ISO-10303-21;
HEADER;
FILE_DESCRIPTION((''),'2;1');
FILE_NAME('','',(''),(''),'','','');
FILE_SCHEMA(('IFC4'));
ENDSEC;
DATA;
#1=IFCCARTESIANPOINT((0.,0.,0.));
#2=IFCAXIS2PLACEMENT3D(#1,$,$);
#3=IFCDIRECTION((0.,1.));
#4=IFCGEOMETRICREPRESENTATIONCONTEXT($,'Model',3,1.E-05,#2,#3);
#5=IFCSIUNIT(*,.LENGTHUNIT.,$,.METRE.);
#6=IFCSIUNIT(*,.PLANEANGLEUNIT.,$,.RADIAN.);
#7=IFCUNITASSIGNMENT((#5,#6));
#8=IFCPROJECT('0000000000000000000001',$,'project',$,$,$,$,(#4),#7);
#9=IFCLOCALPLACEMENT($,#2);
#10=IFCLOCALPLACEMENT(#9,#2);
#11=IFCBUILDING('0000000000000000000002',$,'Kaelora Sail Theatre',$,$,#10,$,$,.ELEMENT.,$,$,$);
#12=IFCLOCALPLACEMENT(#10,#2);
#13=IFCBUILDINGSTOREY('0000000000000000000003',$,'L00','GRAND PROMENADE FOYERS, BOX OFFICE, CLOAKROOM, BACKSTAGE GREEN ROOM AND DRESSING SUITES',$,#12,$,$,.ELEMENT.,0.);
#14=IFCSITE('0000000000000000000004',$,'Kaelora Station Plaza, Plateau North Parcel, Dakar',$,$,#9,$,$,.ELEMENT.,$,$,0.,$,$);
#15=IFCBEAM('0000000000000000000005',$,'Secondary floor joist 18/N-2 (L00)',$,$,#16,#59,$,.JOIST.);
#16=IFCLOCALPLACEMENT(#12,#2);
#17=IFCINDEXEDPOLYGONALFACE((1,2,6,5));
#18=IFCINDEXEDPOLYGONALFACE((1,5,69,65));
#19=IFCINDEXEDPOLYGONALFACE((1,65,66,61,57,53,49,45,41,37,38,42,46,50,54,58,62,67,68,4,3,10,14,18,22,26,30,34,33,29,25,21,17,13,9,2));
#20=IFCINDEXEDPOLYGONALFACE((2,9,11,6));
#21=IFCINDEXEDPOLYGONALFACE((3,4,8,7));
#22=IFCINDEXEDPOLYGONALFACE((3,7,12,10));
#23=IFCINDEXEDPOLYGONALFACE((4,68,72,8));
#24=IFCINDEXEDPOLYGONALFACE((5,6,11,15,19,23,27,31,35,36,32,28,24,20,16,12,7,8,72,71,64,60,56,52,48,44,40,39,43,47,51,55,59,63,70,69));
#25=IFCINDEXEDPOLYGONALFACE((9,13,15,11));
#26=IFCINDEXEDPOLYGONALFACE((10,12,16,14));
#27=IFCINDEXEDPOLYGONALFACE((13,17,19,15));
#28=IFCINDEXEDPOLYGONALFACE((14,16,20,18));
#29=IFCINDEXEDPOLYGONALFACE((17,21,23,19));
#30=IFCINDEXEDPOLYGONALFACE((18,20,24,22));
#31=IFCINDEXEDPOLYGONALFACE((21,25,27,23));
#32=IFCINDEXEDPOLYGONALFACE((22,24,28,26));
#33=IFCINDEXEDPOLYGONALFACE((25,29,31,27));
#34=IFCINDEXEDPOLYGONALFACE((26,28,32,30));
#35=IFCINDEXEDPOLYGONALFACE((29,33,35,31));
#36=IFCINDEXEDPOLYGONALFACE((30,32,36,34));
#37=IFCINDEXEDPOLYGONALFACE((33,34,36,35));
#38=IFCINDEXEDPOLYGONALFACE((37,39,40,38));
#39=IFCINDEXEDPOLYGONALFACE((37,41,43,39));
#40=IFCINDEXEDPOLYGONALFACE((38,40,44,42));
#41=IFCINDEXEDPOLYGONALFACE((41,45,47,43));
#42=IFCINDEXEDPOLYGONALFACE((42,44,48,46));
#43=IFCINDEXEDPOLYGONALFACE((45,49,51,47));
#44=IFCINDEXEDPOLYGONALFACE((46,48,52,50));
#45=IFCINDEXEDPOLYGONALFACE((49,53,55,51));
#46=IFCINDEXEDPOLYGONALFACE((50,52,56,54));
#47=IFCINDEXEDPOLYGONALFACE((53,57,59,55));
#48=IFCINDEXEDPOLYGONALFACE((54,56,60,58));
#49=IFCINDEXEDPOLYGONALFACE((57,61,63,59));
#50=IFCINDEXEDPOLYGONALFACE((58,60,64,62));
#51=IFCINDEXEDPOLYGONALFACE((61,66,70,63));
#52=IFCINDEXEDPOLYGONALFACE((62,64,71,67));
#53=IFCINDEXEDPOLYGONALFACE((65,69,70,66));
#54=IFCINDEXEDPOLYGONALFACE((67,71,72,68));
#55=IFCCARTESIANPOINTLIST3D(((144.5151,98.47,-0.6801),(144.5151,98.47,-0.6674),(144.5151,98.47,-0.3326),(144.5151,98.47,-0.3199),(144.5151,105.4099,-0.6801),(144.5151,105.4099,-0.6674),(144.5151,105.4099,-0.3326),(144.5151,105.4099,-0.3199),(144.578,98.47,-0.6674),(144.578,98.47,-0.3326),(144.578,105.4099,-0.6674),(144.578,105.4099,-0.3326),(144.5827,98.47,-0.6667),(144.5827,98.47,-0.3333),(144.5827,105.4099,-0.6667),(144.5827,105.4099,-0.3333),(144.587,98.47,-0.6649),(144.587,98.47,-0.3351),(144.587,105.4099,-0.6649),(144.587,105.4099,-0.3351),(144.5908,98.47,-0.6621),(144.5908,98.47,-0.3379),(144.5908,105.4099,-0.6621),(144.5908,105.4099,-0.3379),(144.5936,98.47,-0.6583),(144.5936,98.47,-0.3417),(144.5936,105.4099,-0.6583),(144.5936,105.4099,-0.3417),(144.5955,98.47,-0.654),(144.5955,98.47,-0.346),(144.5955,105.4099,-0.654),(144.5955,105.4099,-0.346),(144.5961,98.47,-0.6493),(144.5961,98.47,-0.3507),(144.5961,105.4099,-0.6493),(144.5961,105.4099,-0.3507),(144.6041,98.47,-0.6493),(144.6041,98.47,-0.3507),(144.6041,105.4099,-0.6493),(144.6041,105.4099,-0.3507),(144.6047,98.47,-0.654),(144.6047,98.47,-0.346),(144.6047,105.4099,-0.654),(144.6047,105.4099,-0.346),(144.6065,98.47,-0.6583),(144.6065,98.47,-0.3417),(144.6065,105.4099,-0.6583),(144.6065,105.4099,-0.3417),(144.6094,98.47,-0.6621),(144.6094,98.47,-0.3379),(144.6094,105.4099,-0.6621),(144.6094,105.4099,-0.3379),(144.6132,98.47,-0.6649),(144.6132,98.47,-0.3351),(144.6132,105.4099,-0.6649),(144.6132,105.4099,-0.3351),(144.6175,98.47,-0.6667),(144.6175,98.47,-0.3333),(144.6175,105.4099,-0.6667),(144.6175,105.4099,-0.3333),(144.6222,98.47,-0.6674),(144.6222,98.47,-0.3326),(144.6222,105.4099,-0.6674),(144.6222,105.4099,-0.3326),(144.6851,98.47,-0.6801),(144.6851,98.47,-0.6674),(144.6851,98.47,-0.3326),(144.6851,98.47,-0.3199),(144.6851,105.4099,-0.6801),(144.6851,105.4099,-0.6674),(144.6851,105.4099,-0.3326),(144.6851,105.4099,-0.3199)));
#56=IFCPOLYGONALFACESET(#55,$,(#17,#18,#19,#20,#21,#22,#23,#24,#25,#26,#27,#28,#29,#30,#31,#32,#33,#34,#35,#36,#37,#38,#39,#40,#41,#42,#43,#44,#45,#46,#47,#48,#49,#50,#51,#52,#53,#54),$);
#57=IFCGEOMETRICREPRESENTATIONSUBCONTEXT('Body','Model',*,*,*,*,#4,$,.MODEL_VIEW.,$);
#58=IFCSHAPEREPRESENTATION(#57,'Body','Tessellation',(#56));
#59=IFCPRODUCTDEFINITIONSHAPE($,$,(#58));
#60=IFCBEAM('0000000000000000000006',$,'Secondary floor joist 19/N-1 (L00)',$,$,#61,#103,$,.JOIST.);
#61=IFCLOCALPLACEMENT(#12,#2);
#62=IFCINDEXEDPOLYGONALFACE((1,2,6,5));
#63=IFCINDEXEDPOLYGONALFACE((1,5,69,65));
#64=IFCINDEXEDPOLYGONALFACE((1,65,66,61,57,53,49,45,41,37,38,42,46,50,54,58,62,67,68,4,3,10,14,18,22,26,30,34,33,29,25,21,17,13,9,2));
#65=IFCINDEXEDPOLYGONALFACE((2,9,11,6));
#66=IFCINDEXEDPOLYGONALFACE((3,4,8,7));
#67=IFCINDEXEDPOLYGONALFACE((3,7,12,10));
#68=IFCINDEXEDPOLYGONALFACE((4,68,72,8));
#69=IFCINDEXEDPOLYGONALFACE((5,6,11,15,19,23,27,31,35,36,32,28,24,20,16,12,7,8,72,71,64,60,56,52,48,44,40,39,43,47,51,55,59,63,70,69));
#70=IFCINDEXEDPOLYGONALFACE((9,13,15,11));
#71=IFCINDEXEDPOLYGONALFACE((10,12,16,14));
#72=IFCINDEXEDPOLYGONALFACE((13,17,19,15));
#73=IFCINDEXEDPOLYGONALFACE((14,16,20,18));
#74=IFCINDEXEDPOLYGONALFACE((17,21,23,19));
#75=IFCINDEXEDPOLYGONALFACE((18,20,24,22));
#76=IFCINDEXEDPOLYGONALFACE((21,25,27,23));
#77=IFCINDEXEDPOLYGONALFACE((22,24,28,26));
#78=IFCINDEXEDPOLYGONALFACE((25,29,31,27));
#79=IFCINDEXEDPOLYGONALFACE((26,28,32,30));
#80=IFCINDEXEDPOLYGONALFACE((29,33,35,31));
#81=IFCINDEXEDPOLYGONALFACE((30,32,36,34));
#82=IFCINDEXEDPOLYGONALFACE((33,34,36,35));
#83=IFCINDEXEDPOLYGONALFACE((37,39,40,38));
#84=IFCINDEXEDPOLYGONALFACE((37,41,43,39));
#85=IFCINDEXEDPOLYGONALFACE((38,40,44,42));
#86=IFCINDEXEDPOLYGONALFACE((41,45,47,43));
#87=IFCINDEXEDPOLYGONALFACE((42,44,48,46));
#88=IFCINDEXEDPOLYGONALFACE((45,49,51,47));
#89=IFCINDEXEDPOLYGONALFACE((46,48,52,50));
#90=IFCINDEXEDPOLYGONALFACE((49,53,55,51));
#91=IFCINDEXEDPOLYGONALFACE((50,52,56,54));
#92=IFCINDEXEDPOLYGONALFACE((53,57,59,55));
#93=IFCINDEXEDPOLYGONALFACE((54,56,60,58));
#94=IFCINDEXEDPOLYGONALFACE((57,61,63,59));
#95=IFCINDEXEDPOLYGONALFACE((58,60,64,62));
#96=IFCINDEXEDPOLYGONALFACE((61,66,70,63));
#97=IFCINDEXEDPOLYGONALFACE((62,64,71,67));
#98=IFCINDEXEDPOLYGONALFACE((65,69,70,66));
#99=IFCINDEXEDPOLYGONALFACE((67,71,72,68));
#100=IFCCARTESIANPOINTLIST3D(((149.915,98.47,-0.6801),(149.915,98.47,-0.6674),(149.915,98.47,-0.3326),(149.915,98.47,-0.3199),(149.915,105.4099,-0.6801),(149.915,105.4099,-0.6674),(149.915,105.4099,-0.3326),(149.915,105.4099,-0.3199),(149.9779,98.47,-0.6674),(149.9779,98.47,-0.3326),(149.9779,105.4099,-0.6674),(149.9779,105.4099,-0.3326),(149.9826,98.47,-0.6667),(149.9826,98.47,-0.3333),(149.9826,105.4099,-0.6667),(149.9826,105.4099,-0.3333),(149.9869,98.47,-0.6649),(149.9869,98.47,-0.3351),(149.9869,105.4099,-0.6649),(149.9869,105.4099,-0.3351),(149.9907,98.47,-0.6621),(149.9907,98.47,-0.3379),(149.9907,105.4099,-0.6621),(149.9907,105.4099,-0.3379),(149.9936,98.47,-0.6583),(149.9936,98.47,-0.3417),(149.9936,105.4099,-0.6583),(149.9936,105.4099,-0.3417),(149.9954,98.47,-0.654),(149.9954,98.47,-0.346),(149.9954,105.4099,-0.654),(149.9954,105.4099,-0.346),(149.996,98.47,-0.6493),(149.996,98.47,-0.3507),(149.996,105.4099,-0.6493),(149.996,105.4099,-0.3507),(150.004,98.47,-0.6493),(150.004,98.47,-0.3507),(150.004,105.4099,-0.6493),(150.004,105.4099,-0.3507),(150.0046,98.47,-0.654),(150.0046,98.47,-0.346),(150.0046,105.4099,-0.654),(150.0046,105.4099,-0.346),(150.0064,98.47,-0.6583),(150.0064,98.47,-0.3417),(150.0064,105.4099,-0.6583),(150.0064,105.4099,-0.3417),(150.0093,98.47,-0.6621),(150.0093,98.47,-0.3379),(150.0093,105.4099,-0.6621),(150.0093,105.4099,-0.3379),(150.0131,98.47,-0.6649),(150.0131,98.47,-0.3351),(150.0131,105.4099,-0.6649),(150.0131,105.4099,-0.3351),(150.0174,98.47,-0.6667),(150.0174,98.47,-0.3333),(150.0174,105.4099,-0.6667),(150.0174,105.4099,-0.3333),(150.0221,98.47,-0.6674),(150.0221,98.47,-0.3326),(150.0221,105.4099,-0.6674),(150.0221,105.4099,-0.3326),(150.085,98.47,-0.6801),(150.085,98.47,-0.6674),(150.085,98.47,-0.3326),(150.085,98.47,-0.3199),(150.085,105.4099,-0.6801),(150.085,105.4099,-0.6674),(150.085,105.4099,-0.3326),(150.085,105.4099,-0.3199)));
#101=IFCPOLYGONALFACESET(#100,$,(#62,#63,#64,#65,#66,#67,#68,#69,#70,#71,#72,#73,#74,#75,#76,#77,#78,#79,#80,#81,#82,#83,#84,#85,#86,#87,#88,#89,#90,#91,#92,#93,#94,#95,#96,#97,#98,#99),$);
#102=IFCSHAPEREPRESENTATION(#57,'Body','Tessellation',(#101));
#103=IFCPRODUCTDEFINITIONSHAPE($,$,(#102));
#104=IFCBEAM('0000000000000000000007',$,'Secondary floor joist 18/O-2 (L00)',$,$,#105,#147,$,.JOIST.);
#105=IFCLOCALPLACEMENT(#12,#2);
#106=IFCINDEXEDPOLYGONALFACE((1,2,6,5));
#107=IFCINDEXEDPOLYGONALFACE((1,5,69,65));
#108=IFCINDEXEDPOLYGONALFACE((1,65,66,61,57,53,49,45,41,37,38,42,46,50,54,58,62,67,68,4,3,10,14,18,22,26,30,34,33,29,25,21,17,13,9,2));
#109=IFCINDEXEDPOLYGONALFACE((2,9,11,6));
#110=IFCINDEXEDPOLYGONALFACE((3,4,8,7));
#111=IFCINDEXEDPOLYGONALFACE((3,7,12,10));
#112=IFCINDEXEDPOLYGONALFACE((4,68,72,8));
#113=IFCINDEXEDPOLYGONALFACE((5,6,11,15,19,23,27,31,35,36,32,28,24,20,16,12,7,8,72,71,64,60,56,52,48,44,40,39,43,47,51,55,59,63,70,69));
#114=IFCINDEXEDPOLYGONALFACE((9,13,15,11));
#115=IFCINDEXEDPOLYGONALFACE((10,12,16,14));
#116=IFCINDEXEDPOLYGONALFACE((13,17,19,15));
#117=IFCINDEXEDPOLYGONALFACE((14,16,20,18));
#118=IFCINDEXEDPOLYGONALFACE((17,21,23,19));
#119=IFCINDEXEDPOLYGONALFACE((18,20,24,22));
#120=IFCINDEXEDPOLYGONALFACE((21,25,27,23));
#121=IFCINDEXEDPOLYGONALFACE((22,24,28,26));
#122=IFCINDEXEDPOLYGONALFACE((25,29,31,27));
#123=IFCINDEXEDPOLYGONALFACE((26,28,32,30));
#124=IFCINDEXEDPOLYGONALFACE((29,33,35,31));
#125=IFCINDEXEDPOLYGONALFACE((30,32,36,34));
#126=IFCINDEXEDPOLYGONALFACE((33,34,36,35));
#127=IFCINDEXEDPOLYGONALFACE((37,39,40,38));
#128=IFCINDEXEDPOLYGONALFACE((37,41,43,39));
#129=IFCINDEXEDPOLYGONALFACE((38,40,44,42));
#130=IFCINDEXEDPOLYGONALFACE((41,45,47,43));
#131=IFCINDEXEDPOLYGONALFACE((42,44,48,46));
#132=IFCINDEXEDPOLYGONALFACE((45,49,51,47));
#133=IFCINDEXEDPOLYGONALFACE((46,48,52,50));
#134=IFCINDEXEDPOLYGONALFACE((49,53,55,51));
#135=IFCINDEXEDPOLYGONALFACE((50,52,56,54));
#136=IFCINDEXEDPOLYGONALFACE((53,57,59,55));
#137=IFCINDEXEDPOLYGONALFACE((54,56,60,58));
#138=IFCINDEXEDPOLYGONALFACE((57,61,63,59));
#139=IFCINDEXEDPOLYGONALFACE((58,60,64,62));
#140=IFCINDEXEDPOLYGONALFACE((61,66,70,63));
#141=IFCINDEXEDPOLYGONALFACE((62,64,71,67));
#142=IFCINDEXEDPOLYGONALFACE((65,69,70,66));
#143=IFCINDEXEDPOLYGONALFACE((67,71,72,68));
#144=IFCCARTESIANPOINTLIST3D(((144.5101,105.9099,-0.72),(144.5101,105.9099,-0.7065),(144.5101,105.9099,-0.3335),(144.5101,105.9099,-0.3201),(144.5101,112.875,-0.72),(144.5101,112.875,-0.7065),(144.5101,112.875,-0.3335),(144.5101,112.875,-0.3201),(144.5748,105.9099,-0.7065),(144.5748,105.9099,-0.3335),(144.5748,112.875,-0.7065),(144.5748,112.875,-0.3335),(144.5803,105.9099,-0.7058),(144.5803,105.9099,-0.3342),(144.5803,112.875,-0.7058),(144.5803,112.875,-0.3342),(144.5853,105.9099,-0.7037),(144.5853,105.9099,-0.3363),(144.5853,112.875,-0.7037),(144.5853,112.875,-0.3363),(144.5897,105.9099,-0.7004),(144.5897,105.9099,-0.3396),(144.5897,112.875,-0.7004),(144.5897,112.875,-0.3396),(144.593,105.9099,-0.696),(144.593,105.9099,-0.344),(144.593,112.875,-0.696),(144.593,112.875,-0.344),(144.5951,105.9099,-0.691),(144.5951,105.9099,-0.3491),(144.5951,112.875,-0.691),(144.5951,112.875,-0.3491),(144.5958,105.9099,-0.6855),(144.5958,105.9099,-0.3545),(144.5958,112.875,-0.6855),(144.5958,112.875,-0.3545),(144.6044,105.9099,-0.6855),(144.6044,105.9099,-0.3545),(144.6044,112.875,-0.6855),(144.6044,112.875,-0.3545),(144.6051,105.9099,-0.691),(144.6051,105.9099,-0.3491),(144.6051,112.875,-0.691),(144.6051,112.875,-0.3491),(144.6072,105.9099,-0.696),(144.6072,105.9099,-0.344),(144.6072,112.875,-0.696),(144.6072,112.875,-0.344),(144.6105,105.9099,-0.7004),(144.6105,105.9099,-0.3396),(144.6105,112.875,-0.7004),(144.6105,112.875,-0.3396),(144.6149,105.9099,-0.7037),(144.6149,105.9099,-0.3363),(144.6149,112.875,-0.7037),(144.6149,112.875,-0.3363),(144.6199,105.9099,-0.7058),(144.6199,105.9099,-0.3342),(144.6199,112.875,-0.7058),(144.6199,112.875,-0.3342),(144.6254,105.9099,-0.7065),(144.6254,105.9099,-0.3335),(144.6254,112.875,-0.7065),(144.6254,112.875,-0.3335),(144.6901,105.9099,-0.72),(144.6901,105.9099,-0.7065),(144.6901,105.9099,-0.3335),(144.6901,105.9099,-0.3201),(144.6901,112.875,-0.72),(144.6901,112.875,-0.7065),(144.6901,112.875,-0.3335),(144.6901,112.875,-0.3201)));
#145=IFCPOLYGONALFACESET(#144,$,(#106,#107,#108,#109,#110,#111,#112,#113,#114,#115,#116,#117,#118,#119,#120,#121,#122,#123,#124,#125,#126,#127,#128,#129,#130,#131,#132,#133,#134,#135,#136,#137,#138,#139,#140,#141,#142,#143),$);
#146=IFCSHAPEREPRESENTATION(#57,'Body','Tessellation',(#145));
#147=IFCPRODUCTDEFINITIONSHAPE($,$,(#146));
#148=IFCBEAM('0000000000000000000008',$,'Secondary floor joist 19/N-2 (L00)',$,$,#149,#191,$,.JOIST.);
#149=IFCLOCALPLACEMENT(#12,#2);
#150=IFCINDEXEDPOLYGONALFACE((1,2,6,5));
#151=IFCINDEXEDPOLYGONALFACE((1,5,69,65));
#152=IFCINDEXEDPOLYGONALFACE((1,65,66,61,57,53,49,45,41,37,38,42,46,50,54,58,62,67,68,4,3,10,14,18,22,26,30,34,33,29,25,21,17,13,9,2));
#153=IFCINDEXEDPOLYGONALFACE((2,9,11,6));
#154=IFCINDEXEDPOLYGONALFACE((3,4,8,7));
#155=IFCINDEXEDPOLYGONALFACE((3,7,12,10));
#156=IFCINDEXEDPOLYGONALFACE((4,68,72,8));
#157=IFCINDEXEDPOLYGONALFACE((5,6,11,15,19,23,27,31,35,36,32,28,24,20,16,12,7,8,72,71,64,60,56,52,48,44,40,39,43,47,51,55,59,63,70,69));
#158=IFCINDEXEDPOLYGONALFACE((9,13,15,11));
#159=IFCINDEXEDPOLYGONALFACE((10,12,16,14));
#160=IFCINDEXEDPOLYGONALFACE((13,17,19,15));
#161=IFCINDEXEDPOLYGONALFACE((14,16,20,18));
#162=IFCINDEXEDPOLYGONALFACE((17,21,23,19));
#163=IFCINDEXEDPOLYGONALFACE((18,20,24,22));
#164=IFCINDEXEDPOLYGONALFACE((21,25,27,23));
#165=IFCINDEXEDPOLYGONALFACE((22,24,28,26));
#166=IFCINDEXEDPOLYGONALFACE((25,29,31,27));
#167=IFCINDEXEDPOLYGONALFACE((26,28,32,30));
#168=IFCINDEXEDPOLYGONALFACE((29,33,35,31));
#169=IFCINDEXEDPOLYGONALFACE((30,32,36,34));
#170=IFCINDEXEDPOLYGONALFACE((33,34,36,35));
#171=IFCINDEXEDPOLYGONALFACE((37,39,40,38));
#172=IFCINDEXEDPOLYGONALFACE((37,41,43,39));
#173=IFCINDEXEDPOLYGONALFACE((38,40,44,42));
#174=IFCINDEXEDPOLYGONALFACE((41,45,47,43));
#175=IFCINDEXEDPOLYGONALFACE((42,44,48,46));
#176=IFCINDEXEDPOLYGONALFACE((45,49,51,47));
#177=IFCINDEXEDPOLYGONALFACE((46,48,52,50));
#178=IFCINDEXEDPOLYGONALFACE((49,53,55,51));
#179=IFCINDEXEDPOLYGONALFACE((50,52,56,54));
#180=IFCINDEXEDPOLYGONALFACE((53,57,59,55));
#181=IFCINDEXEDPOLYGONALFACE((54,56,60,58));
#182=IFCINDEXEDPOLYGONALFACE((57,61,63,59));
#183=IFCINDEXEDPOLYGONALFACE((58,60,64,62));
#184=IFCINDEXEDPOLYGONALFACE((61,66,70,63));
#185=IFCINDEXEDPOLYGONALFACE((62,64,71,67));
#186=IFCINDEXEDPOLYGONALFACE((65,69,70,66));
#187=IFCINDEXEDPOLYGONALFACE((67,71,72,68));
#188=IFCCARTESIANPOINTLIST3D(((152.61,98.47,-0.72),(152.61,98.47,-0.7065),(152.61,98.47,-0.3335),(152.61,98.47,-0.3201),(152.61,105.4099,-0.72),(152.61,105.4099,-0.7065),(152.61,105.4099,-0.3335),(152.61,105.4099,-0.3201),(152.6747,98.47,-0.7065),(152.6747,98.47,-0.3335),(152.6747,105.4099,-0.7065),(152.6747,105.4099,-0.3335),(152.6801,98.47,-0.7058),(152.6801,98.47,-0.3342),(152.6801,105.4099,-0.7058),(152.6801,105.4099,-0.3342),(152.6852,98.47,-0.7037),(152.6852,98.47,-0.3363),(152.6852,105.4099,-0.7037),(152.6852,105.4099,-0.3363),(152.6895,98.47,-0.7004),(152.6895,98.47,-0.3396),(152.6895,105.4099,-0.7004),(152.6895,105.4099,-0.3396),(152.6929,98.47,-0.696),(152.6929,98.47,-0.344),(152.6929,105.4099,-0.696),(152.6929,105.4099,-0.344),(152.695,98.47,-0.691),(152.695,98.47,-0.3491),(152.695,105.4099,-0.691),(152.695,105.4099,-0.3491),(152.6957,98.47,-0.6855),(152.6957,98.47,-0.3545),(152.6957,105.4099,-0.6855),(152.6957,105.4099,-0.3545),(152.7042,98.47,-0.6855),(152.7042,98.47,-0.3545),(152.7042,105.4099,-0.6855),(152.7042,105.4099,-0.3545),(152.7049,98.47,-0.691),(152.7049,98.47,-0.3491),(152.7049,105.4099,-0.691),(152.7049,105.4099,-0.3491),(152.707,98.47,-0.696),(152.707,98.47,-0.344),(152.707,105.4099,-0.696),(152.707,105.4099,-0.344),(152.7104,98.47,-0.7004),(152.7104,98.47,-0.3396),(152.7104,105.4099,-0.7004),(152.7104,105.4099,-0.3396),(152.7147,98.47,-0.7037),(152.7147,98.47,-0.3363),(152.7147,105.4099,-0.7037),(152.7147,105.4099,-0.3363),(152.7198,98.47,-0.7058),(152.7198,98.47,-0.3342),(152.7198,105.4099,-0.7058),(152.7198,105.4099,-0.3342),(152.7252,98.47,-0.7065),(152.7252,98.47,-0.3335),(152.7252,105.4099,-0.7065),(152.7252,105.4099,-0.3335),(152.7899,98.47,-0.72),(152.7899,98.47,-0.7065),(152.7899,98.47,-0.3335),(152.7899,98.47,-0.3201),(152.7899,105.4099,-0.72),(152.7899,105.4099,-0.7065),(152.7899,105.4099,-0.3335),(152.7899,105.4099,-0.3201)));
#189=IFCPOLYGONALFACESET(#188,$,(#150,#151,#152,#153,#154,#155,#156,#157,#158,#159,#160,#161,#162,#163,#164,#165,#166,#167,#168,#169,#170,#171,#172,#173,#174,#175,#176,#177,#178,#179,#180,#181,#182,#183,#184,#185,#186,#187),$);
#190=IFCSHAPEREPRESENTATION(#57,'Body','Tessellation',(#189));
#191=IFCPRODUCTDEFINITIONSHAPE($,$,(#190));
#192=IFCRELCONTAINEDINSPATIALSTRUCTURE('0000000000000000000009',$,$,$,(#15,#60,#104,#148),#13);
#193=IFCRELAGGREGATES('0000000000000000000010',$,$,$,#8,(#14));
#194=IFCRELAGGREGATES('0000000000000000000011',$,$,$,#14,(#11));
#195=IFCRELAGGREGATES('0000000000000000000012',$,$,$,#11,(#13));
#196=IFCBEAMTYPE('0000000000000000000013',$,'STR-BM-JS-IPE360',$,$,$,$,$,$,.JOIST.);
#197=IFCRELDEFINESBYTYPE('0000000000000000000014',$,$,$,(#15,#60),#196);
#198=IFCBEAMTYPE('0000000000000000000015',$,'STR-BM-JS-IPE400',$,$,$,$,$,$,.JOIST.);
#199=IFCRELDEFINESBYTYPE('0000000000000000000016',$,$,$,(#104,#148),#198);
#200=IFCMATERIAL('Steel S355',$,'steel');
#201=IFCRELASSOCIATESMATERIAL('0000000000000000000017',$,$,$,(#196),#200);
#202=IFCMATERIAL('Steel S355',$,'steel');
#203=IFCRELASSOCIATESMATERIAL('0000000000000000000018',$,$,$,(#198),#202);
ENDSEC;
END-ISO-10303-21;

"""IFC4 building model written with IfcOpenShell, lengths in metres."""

from ifc_helpers import new_model, si_unit, direction, frame, origin, origin_2d, place, context, subcontext, project, spatial, i_section, extrude, material, material_profile, profile_set, type_object, element, save


model = new_model("IFC4")

# Units and contexts
model_context = context("Model", 3, precision=1e-05, world=origin(), true_north=direction((0.0, 1.0)))
body_context = subcontext(model_context, "Body", "Model", "MODEL_VIEW")
ifc_project = project(units=[si_unit("LENGTHUNIT", "METRE"), si_unit("PLANEANGLEUNIT", "RADIAN")], contexts=[model_context])

# Site, building, storey
site_placement = place(None, origin())
site = spatial("IfcSite", under=ifc_project, at=site_placement, Name="Kaelora Station Plaza, Plateau North Parcel, Dakar", CompositionType="ELEMENT", RefElevation=0.0)
building_placement = place(site_placement, origin())
building = spatial("IfcBuilding", under=site, at=building_placement, Name="Kaelora Sail Theatre", CompositionType="ELEMENT")
storey_placement = place(building_placement, origin())
storey = spatial("IfcBuildingStorey", under=building, at=storey_placement, Name="L00", Description="GRAND PROMENADE FOYERS, BOX OFFICE, CLOAKROOM, BACKSTAGE GREEN ROOM AND DRESSING SUITES", CompositionType="ELEMENT", Elevation=0.0)

# Beams
ifc_material_1 = material(Name="Steel S355", Category="steel")
ifc_material_profile_1 = material_profile(ifc_material_1, i_section(OverallWidth=0.1699, OverallDepth=0.3601, WebThickness=0.0081, FlangeThickness=0.0127, FilletRadius=0.0181, at=origin_2d()), Name="IPE 360")
ifc_profile_set_1 = profile_set([ifc_material_profile_1], Name="Steel S355")
beam_type_1 = type_object("IfcBeamType", Name="STR-BM-JS-IPE360", PredefinedType="JOIST", material=ifc_profile_set_1)
for number, where, z_axis, x_axis, name in (
    (1, (144.6001, 98.47, -0.5), (0.0, 1.0, 0.0), (-1.0, 0.0, 0.0), "Secondary floor joist 18/N-2 (L00)"),
    (2, (150.0, 98.47, -0.5), (0.0, 1.0, 0.0), (-1.0, 0.0, 0.0), "Secondary floor joist 19/N-1 (L00)"),
):
    element("IfcBeam", number, at=place(storey_placement, frame(where, z_axis=z_axis, x_axis=x_axis)), inside=storey, type_object=beam_type_1, Name=name, PredefinedType="JOIST", context=body_context, shape_type="SweptSolid", body=[
        extrude(i_section(OverallWidth=0.1699, OverallDepth=0.3601, WebThickness=0.0081, FlangeThickness=0.0127, FilletRadius=0.0181, at=origin_2d()), origin(), (0.0, 0.0, 1.0), 6.9399),
    ])
ifc_material_2 = material(Name="Steel S355", Category="steel")
ifc_material_profile_2 = material_profile(ifc_material_2, i_section(OverallWidth=0.1799, OverallDepth=0.3999, WebThickness=0.0085, FlangeThickness=0.0134, FilletRadius=0.021, at=origin_2d()), Name="IPE 400")
ifc_profile_set_2 = profile_set([ifc_material_profile_2], Name="Steel S355")
beam_type_2 = type_object("IfcBeamType", Name="STR-BM-JS-IPE400", PredefinedType="JOIST", material=ifc_profile_set_2)
beam_1_placement = place(storey_placement, frame((144.6001, 105.9099, -0.52), z_axis=(0.0, 1.0, 0.0), x_axis=(-1.0, 0.0, 0.0)))
element("IfcBeam", 3, at=beam_1_placement, inside=storey, type_object=beam_type_2, Name="Secondary floor joist 18/O-2 (L00)", PredefinedType="JOIST", context=body_context, shape_type="SweptSolid", body=[
    extrude(i_section(OverallWidth=0.1799, OverallDepth=0.3999, WebThickness=0.0085, FlangeThickness=0.0134, FilletRadius=0.021, at=origin_2d()), origin(), (0.0, 0.0, 1.0), 6.9651),
])
beam_2_placement = place(storey_placement, frame((152.7, 98.47, -0.52), z_axis=(0.0, 1.0, 0.0), x_axis=(-1.0, 0.0, 0.0)))
element("IfcBeam", 4, at=beam_2_placement, inside=storey, type_object=beam_type_2, Name="Secondary floor joist 19/N-2 (L00)", PredefinedType="JOIST", context=body_context, shape_type="SweptSolid", body=[
    extrude(i_section(OverallWidth=0.1799, OverallDepth=0.3999, WebThickness=0.0085, FlangeThickness=0.0134, FilletRadius=0.021, at=origin_2d()), origin(), (0.0, 0.0, 1.0), 6.9399),
])

save(model, "model.ifc")
